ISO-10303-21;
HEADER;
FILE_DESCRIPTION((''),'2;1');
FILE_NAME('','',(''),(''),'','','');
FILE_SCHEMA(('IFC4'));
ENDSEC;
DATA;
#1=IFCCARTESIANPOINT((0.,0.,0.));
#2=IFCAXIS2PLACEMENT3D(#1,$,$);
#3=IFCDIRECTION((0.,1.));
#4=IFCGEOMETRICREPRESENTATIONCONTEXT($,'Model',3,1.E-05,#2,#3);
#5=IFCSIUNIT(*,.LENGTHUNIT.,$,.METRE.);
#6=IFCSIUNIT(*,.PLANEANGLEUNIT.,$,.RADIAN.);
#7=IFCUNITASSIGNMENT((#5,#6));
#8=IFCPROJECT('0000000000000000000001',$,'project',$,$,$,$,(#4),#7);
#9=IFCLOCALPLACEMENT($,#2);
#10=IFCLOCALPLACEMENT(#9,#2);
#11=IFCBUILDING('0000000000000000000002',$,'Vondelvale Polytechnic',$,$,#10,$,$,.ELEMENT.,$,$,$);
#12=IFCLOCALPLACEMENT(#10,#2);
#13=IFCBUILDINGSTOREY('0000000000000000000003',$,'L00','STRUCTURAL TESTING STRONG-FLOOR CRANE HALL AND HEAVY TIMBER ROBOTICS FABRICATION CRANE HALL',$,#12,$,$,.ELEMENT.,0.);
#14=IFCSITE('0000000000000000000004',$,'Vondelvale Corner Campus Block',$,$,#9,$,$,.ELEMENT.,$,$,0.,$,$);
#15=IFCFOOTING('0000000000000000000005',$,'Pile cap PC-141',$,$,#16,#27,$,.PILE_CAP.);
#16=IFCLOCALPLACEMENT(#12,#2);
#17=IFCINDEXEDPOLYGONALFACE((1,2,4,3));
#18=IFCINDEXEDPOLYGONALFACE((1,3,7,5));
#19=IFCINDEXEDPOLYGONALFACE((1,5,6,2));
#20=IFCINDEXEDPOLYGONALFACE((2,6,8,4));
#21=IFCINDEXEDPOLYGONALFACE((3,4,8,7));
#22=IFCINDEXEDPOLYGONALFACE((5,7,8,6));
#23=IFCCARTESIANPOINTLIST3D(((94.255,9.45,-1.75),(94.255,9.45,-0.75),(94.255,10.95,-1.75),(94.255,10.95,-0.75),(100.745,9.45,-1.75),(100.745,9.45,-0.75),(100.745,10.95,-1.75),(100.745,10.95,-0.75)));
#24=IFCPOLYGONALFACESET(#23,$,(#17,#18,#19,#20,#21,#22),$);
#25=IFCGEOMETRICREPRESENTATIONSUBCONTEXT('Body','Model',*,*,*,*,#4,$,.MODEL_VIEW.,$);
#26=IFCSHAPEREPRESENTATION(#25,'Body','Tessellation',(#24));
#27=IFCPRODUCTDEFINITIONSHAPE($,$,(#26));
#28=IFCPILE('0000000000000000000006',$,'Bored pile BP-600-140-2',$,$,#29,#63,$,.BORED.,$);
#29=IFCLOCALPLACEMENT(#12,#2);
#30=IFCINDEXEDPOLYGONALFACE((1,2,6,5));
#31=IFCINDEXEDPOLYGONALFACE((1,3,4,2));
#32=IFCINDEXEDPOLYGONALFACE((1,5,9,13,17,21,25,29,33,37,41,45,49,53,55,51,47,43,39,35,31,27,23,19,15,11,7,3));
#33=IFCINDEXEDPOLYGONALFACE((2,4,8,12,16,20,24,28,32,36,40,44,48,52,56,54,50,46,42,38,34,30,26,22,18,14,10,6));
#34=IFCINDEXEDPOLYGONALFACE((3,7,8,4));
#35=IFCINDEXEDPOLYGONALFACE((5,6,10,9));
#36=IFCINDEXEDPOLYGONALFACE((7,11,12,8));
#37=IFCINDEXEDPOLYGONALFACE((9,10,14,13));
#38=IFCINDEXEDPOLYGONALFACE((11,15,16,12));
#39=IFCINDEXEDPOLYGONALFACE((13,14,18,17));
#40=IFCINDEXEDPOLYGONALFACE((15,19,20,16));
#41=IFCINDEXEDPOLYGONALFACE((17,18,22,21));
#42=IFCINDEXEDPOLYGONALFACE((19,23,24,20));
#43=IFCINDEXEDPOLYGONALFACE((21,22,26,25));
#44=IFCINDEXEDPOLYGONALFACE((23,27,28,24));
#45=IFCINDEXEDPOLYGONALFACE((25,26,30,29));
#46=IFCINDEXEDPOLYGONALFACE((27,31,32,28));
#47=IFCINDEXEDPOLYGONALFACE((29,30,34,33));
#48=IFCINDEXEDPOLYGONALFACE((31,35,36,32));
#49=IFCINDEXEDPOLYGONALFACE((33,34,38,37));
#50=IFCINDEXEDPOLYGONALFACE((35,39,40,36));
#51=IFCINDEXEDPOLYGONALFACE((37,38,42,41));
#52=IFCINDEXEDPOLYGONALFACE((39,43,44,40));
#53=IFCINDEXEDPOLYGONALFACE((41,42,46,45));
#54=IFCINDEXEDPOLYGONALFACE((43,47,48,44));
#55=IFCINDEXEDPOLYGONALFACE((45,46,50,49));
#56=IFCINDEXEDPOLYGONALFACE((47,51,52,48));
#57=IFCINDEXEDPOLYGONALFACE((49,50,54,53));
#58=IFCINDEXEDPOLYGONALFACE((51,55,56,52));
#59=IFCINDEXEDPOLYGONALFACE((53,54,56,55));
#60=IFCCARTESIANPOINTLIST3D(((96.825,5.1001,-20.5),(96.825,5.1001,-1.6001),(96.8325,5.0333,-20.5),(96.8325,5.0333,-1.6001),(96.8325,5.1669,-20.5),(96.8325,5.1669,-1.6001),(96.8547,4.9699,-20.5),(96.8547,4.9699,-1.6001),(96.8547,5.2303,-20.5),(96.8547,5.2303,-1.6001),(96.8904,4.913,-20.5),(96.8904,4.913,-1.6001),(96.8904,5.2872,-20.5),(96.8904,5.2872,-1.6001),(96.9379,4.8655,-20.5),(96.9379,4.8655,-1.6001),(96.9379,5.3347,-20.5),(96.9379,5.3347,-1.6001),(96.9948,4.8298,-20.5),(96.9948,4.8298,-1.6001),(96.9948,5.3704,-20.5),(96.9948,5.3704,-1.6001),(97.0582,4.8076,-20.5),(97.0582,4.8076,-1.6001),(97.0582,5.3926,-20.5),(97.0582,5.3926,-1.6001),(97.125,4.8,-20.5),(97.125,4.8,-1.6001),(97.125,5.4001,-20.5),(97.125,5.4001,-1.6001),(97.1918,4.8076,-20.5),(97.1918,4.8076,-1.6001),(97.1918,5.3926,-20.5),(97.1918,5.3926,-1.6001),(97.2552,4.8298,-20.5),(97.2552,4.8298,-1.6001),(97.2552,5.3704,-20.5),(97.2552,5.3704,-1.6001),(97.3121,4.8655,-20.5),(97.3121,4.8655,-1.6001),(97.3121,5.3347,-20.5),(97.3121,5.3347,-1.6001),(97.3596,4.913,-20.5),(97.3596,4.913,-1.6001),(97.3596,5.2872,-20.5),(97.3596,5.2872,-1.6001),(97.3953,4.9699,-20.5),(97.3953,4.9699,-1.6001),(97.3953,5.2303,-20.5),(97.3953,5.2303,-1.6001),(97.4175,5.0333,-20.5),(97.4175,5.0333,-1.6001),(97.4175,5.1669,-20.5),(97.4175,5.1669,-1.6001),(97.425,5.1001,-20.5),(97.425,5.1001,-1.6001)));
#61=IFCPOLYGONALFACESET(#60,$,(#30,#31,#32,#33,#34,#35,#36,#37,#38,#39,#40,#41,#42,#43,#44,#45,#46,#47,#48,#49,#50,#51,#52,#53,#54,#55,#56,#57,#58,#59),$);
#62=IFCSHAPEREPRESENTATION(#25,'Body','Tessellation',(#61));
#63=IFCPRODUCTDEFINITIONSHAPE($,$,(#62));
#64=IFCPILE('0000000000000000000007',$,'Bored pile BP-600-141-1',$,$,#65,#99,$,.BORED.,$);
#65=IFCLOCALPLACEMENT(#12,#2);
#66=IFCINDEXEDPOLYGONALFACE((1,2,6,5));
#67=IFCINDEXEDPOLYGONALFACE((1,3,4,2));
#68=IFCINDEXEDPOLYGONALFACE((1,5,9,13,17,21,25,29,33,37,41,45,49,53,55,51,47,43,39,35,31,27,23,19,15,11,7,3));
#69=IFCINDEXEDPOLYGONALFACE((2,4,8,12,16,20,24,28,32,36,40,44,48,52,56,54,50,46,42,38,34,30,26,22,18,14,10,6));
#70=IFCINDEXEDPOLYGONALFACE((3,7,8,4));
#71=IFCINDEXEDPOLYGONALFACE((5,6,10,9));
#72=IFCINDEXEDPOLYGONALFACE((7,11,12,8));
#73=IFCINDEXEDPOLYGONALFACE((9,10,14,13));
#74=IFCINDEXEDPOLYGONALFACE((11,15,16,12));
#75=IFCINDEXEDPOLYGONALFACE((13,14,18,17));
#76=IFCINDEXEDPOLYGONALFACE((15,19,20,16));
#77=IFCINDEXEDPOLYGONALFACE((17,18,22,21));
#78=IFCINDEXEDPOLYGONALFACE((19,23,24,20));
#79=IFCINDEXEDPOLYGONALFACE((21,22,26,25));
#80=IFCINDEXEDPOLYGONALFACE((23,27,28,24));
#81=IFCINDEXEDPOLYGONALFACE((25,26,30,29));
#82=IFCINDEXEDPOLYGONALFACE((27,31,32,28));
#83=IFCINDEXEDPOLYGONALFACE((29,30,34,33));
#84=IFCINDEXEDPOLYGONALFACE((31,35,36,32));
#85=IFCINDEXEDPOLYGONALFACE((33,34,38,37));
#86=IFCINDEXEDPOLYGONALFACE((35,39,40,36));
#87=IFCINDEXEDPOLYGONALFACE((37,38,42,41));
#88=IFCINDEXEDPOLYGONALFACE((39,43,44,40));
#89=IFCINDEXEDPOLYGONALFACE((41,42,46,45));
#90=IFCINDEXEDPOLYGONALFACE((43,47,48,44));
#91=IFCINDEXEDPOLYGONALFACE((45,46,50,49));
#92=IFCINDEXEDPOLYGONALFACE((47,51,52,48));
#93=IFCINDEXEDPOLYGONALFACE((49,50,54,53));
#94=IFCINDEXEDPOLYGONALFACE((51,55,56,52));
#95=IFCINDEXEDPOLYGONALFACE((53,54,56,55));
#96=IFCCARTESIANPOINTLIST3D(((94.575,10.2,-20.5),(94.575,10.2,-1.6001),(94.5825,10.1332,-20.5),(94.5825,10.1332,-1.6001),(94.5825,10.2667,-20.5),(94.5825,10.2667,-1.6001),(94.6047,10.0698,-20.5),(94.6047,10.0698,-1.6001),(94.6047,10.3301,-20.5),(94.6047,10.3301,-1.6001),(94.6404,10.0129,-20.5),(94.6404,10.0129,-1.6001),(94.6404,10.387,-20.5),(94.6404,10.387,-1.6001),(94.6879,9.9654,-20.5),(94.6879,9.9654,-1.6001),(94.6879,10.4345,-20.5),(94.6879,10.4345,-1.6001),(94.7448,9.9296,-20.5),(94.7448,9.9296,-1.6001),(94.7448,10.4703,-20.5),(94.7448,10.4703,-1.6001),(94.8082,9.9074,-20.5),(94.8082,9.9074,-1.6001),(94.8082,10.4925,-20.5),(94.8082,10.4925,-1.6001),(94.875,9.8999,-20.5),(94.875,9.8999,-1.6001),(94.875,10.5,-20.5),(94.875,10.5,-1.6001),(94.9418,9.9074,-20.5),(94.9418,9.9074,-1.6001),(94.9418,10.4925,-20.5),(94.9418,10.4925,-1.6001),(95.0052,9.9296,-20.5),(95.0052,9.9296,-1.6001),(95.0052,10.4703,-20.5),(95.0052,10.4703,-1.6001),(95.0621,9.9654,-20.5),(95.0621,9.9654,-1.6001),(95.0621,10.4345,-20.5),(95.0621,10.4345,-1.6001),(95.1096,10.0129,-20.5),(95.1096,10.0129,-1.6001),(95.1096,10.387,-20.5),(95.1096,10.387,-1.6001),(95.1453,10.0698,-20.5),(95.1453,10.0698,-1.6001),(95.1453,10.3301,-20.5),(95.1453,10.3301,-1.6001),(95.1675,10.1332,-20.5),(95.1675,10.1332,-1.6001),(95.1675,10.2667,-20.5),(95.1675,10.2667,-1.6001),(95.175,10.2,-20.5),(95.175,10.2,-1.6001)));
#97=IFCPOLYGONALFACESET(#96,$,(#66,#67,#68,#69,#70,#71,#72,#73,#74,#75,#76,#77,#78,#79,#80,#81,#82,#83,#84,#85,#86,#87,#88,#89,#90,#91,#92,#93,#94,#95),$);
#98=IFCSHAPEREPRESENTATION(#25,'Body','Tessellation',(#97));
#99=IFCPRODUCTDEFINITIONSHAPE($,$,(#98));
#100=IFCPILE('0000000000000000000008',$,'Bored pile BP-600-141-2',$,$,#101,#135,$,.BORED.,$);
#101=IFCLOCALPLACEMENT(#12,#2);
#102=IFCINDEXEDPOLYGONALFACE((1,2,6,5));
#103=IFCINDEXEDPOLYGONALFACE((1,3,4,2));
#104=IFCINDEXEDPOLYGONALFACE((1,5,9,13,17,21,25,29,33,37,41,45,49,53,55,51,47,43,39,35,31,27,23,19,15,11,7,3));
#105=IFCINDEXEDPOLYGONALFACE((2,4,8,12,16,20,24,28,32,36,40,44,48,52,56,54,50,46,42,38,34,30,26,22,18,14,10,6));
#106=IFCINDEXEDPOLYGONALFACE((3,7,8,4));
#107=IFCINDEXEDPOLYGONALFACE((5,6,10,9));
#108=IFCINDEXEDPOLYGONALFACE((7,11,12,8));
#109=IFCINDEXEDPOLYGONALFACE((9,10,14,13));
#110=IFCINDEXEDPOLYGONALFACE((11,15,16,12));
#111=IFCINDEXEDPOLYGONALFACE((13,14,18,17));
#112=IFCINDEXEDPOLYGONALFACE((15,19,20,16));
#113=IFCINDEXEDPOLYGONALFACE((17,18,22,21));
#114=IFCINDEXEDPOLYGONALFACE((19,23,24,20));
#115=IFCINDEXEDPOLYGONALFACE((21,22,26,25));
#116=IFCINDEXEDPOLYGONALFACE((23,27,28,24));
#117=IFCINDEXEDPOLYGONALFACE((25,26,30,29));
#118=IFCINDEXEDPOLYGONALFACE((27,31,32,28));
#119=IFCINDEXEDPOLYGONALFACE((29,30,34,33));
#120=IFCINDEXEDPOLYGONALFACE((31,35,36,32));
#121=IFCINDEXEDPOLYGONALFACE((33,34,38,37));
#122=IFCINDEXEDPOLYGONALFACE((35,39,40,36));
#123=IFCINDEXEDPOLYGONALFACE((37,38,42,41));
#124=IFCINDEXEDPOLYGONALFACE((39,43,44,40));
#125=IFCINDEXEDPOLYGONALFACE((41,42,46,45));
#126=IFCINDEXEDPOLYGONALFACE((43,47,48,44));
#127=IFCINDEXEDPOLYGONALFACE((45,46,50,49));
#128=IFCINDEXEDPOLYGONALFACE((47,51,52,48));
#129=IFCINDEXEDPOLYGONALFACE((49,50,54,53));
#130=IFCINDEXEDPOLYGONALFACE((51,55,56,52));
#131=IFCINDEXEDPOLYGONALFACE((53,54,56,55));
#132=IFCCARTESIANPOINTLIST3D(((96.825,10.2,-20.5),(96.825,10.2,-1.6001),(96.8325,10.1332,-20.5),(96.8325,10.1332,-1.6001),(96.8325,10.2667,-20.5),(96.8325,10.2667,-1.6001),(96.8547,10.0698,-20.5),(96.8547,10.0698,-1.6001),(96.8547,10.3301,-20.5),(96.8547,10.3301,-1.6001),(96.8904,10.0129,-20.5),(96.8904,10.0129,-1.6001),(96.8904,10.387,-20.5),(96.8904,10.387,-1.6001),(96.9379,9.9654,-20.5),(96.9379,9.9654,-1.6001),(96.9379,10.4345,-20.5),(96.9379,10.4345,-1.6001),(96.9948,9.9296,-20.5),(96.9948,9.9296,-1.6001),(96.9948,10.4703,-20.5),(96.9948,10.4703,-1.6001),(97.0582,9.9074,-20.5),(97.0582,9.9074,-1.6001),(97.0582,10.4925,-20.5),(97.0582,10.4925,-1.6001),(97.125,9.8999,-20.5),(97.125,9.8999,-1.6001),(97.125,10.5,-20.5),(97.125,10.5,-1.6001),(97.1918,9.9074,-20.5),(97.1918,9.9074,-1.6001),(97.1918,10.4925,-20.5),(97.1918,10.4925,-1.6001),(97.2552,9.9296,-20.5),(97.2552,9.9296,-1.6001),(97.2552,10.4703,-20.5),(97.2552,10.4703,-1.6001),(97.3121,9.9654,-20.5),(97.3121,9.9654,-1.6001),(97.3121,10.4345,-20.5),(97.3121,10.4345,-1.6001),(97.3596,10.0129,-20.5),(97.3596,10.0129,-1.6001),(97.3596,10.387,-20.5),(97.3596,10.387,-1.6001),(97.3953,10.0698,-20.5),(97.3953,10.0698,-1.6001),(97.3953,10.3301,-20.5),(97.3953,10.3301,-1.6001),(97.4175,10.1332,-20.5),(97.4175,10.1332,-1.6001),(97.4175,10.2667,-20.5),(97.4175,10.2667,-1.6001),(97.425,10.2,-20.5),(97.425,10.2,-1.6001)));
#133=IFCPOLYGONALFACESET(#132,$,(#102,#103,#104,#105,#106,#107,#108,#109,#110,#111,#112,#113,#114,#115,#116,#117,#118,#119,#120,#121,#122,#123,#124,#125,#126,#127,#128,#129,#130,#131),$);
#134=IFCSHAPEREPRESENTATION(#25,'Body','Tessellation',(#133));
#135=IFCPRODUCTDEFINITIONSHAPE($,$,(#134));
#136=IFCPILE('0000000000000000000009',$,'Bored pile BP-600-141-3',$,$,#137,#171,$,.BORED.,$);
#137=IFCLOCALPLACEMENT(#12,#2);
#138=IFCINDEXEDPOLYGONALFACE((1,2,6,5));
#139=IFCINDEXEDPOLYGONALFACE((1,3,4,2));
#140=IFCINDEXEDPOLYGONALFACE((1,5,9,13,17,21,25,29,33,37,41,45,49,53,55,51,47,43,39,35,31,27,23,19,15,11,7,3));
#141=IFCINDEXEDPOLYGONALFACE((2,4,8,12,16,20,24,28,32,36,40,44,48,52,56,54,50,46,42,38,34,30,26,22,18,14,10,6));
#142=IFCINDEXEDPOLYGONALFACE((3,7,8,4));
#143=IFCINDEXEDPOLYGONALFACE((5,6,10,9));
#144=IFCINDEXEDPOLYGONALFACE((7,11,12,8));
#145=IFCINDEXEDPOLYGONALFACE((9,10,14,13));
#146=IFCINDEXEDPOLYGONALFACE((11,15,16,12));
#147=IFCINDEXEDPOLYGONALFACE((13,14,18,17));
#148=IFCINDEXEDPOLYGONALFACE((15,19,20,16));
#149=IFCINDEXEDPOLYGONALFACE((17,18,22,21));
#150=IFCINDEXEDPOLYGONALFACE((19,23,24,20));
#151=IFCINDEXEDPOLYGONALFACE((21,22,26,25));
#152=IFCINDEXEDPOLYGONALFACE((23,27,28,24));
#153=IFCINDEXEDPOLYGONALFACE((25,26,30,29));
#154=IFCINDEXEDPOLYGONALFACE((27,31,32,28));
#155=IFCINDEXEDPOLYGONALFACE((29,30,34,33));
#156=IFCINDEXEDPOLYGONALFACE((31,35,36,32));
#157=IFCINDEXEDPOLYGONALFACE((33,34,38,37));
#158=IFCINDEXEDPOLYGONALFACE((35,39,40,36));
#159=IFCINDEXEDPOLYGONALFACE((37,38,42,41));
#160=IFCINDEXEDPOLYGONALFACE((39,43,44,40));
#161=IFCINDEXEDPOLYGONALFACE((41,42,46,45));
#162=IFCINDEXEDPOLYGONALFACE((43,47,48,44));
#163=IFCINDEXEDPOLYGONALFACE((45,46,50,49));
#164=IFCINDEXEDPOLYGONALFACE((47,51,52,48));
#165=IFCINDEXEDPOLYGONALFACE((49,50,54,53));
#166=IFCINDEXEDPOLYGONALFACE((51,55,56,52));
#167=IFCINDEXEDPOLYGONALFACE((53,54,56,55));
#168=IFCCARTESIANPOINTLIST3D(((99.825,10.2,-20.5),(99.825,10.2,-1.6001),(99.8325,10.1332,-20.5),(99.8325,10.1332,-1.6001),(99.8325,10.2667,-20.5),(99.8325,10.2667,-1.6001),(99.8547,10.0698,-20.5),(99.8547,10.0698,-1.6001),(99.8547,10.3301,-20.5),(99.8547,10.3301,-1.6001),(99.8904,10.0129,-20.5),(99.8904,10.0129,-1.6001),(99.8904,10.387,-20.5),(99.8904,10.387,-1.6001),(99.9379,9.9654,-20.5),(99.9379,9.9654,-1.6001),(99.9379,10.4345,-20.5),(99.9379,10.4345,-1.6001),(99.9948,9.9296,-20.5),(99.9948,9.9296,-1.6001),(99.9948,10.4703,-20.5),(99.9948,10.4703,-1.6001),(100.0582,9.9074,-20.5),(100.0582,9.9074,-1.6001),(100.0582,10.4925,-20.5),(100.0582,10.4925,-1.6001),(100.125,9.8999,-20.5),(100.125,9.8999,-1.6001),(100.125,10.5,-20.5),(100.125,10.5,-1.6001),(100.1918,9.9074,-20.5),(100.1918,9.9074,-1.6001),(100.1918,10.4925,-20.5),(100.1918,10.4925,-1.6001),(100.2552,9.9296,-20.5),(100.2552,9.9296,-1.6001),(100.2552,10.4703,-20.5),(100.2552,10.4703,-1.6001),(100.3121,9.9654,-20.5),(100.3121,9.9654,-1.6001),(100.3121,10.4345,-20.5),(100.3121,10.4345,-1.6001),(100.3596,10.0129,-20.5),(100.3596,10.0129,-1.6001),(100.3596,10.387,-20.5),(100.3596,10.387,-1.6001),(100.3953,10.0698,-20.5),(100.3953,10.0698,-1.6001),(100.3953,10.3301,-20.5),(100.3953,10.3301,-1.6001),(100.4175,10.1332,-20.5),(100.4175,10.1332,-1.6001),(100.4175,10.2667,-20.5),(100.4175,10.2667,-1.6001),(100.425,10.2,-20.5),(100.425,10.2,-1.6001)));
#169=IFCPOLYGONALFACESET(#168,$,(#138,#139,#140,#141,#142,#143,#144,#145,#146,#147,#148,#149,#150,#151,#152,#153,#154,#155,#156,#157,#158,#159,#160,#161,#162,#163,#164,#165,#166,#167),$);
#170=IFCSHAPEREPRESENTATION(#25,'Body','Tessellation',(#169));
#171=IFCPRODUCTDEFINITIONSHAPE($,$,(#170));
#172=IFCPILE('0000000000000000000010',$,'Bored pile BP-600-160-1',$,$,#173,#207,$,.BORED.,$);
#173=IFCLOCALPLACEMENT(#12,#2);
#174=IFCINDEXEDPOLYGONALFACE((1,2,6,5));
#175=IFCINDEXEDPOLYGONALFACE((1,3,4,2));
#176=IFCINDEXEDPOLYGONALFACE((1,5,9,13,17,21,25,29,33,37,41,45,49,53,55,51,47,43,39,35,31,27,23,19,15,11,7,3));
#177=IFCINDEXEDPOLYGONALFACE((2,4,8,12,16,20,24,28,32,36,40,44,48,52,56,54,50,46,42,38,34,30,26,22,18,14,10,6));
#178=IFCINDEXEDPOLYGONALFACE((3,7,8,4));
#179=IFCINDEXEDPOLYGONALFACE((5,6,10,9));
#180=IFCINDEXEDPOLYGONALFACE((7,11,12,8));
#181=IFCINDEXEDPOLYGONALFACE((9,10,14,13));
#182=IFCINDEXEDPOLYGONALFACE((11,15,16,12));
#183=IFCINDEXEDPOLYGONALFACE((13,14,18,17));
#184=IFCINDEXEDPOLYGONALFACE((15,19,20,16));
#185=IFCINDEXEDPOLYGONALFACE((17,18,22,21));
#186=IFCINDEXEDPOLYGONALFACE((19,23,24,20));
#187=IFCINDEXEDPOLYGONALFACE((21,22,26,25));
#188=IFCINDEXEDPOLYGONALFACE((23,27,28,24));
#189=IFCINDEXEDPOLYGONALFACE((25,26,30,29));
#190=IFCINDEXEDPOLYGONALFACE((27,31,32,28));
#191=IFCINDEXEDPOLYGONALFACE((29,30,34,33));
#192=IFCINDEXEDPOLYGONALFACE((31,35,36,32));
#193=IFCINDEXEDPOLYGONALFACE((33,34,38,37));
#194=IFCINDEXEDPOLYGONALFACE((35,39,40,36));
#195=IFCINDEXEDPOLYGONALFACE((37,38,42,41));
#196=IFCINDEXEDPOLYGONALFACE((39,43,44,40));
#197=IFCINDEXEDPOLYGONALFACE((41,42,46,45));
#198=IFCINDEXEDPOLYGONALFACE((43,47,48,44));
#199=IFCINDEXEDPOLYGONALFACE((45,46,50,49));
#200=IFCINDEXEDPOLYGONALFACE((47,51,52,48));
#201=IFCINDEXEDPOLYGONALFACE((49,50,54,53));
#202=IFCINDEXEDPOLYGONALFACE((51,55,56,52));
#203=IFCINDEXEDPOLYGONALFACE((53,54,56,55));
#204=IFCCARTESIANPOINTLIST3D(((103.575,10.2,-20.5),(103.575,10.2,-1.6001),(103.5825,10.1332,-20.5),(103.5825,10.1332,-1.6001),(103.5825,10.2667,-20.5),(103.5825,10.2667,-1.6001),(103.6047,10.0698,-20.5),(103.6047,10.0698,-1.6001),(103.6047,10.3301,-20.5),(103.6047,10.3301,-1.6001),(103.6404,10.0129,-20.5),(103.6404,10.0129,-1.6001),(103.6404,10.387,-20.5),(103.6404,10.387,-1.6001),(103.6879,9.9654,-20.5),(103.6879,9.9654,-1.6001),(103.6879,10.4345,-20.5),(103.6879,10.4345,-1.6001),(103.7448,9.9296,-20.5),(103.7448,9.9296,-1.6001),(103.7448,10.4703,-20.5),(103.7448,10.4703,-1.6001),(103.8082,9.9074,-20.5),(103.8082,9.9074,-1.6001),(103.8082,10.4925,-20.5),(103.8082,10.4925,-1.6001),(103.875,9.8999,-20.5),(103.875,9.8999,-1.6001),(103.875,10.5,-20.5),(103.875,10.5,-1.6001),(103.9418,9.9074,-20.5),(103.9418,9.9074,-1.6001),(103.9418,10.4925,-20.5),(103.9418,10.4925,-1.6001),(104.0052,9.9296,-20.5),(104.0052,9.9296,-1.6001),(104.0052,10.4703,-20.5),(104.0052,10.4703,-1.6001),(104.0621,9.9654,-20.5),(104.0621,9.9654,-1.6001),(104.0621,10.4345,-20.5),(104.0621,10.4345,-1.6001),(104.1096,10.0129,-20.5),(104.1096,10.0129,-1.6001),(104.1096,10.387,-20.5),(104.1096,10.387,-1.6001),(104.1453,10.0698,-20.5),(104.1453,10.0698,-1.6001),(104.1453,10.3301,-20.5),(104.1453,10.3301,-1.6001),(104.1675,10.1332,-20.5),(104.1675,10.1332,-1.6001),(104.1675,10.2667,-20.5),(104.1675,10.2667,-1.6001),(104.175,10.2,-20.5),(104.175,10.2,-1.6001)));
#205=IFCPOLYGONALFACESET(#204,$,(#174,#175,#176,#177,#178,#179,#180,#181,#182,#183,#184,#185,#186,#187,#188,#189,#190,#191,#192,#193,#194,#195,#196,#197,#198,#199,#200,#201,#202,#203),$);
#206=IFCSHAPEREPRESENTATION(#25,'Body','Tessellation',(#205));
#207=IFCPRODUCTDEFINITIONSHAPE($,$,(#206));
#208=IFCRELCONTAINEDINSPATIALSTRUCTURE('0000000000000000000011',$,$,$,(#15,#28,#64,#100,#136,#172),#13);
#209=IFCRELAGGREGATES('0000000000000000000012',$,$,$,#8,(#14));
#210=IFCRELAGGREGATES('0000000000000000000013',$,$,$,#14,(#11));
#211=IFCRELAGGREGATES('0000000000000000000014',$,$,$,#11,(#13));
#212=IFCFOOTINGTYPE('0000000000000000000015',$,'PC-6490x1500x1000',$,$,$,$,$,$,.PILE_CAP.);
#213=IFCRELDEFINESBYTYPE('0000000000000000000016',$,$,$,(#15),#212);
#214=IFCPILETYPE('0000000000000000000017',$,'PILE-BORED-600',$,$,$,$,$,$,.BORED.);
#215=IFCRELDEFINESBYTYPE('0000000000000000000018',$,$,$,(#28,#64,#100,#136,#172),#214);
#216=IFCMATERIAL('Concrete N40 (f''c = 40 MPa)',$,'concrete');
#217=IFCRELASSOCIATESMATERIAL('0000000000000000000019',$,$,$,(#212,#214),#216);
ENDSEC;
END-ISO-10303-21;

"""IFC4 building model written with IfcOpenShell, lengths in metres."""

from ifc_helpers import new_model, si_unit, direction, frame, origin, origin_2d, place, context, subcontext, project, spatial, rectangle, circle, extrude, material, material_profile, profile_set, type_object, element, save


model = new_model("IFC4")

# Units and contexts
model_context = context("Model", 3, precision=1e-05, world=origin(), true_north=direction((0.0, 1.0)))
body_context = subcontext(model_context, "Body", "Model", "MODEL_VIEW")
ifc_project = project(units=[si_unit("LENGTHUNIT", "METRE"), si_unit("PLANEANGLEUNIT", "RADIAN")], contexts=[model_context])

# Site, building, storey
site_placement = place(None, origin())
site = spatial("IfcSite", under=ifc_project, at=site_placement, Name="Vondelvale Corner Campus Block", CompositionType="ELEMENT", RefElevation=0.0)
building_placement = place(site_placement, origin())
building = spatial("IfcBuilding", under=site, at=building_placement, Name="Vondelvale Polytechnic", CompositionType="ELEMENT")
storey_placement = place(building_placement, origin())
storey = spatial("IfcBuildingStorey", under=building, at=storey_placement, Name="L00", Description="STRUCTURAL TESTING STRONG-FLOOR CRANE HALL AND HEAVY TIMBER ROBOTICS FABRICATION CRANE HALL", CompositionType="ELEMENT", Elevation=0.0)

# Footing
ifc_material_1 = material(Name="Concrete N40 (f'c = 40 MPa)", Category="concrete")
footing_type = type_object("IfcFootingType", Name="PC-6490x1500x1000", PredefinedType="PILE_CAP", material=ifc_material_1)
footing_placement = place(storey_placement, frame((97.5, 10.2, -1.75), z_axis=(0.0, 0.0, 1.0), x_axis=(1.0, 0.0, 0.0)))
element("IfcFooting", 1, at=footing_placement, inside=storey, type_object=footing_type, Name="Pile cap PC-141", PredefinedType="PILE_CAP", context=body_context, shape_type="SweptSolid", body=[
    extrude(rectangle(XDim=6.49, YDim=1.5, at=origin_2d()), origin(), (0.0, 0.0, 1.0), 1.0),
])

# Piles
ifc_material_profile_1 = material_profile(ifc_material_1, circle(Radius=0.3, at=origin_2d()), Name="PILE-D600")
ifc_profile_set_1 = profile_set([ifc_material_profile_1], Name="Concrete N40 (f'c = 40 MPa)")
pile_type = type_object("IfcPileType", Name="PILE-BORED-600", PredefinedType="BORED", material=ifc_profile_set_1)
for number, where, z_axis, x_axis, name in (
    (2, (97.125, 5.1001, -1.6001), (0.0, 0.0, -1.0), (1.0, 0.0, 0.0), "Bored pile BP-600-140-2"),
    (3, (94.875, 10.2, -1.6001), (0.0, 0.0, -1.0), (1.0, 0.0, 0.0), "Bored pile BP-600-141-1"),
    (4, (97.125, 10.2, -1.6001), (0.0, 0.0, -1.0), (1.0, 0.0, 0.0), "Bored pile BP-600-141-2"),
    (5, (100.125, 10.2, -1.6001), (0.0, 0.0, -1.0), (1.0, 0.0, 0.0), "Bored pile BP-600-141-3"),
    (6, (103.875, 10.2, -1.6001), (0.0, 0.0, -1.0), (1.0, 0.0, 0.0), "Bored pile BP-600-160-1"),
):
    element("IfcPile", number, at=place(storey_placement, frame(where, z_axis=z_axis, x_axis=x_axis)), inside=storey, type_object=pile_type, Name=name, PredefinedType="BORED", context=body_context, shape_type="SweptSolid", body=[
        extrude(circle(Radius=0.3, at=origin_2d()), origin(), (0.0, 0.0, 1.0), 18.8999),
    ])

save(model, "model.ifc")
